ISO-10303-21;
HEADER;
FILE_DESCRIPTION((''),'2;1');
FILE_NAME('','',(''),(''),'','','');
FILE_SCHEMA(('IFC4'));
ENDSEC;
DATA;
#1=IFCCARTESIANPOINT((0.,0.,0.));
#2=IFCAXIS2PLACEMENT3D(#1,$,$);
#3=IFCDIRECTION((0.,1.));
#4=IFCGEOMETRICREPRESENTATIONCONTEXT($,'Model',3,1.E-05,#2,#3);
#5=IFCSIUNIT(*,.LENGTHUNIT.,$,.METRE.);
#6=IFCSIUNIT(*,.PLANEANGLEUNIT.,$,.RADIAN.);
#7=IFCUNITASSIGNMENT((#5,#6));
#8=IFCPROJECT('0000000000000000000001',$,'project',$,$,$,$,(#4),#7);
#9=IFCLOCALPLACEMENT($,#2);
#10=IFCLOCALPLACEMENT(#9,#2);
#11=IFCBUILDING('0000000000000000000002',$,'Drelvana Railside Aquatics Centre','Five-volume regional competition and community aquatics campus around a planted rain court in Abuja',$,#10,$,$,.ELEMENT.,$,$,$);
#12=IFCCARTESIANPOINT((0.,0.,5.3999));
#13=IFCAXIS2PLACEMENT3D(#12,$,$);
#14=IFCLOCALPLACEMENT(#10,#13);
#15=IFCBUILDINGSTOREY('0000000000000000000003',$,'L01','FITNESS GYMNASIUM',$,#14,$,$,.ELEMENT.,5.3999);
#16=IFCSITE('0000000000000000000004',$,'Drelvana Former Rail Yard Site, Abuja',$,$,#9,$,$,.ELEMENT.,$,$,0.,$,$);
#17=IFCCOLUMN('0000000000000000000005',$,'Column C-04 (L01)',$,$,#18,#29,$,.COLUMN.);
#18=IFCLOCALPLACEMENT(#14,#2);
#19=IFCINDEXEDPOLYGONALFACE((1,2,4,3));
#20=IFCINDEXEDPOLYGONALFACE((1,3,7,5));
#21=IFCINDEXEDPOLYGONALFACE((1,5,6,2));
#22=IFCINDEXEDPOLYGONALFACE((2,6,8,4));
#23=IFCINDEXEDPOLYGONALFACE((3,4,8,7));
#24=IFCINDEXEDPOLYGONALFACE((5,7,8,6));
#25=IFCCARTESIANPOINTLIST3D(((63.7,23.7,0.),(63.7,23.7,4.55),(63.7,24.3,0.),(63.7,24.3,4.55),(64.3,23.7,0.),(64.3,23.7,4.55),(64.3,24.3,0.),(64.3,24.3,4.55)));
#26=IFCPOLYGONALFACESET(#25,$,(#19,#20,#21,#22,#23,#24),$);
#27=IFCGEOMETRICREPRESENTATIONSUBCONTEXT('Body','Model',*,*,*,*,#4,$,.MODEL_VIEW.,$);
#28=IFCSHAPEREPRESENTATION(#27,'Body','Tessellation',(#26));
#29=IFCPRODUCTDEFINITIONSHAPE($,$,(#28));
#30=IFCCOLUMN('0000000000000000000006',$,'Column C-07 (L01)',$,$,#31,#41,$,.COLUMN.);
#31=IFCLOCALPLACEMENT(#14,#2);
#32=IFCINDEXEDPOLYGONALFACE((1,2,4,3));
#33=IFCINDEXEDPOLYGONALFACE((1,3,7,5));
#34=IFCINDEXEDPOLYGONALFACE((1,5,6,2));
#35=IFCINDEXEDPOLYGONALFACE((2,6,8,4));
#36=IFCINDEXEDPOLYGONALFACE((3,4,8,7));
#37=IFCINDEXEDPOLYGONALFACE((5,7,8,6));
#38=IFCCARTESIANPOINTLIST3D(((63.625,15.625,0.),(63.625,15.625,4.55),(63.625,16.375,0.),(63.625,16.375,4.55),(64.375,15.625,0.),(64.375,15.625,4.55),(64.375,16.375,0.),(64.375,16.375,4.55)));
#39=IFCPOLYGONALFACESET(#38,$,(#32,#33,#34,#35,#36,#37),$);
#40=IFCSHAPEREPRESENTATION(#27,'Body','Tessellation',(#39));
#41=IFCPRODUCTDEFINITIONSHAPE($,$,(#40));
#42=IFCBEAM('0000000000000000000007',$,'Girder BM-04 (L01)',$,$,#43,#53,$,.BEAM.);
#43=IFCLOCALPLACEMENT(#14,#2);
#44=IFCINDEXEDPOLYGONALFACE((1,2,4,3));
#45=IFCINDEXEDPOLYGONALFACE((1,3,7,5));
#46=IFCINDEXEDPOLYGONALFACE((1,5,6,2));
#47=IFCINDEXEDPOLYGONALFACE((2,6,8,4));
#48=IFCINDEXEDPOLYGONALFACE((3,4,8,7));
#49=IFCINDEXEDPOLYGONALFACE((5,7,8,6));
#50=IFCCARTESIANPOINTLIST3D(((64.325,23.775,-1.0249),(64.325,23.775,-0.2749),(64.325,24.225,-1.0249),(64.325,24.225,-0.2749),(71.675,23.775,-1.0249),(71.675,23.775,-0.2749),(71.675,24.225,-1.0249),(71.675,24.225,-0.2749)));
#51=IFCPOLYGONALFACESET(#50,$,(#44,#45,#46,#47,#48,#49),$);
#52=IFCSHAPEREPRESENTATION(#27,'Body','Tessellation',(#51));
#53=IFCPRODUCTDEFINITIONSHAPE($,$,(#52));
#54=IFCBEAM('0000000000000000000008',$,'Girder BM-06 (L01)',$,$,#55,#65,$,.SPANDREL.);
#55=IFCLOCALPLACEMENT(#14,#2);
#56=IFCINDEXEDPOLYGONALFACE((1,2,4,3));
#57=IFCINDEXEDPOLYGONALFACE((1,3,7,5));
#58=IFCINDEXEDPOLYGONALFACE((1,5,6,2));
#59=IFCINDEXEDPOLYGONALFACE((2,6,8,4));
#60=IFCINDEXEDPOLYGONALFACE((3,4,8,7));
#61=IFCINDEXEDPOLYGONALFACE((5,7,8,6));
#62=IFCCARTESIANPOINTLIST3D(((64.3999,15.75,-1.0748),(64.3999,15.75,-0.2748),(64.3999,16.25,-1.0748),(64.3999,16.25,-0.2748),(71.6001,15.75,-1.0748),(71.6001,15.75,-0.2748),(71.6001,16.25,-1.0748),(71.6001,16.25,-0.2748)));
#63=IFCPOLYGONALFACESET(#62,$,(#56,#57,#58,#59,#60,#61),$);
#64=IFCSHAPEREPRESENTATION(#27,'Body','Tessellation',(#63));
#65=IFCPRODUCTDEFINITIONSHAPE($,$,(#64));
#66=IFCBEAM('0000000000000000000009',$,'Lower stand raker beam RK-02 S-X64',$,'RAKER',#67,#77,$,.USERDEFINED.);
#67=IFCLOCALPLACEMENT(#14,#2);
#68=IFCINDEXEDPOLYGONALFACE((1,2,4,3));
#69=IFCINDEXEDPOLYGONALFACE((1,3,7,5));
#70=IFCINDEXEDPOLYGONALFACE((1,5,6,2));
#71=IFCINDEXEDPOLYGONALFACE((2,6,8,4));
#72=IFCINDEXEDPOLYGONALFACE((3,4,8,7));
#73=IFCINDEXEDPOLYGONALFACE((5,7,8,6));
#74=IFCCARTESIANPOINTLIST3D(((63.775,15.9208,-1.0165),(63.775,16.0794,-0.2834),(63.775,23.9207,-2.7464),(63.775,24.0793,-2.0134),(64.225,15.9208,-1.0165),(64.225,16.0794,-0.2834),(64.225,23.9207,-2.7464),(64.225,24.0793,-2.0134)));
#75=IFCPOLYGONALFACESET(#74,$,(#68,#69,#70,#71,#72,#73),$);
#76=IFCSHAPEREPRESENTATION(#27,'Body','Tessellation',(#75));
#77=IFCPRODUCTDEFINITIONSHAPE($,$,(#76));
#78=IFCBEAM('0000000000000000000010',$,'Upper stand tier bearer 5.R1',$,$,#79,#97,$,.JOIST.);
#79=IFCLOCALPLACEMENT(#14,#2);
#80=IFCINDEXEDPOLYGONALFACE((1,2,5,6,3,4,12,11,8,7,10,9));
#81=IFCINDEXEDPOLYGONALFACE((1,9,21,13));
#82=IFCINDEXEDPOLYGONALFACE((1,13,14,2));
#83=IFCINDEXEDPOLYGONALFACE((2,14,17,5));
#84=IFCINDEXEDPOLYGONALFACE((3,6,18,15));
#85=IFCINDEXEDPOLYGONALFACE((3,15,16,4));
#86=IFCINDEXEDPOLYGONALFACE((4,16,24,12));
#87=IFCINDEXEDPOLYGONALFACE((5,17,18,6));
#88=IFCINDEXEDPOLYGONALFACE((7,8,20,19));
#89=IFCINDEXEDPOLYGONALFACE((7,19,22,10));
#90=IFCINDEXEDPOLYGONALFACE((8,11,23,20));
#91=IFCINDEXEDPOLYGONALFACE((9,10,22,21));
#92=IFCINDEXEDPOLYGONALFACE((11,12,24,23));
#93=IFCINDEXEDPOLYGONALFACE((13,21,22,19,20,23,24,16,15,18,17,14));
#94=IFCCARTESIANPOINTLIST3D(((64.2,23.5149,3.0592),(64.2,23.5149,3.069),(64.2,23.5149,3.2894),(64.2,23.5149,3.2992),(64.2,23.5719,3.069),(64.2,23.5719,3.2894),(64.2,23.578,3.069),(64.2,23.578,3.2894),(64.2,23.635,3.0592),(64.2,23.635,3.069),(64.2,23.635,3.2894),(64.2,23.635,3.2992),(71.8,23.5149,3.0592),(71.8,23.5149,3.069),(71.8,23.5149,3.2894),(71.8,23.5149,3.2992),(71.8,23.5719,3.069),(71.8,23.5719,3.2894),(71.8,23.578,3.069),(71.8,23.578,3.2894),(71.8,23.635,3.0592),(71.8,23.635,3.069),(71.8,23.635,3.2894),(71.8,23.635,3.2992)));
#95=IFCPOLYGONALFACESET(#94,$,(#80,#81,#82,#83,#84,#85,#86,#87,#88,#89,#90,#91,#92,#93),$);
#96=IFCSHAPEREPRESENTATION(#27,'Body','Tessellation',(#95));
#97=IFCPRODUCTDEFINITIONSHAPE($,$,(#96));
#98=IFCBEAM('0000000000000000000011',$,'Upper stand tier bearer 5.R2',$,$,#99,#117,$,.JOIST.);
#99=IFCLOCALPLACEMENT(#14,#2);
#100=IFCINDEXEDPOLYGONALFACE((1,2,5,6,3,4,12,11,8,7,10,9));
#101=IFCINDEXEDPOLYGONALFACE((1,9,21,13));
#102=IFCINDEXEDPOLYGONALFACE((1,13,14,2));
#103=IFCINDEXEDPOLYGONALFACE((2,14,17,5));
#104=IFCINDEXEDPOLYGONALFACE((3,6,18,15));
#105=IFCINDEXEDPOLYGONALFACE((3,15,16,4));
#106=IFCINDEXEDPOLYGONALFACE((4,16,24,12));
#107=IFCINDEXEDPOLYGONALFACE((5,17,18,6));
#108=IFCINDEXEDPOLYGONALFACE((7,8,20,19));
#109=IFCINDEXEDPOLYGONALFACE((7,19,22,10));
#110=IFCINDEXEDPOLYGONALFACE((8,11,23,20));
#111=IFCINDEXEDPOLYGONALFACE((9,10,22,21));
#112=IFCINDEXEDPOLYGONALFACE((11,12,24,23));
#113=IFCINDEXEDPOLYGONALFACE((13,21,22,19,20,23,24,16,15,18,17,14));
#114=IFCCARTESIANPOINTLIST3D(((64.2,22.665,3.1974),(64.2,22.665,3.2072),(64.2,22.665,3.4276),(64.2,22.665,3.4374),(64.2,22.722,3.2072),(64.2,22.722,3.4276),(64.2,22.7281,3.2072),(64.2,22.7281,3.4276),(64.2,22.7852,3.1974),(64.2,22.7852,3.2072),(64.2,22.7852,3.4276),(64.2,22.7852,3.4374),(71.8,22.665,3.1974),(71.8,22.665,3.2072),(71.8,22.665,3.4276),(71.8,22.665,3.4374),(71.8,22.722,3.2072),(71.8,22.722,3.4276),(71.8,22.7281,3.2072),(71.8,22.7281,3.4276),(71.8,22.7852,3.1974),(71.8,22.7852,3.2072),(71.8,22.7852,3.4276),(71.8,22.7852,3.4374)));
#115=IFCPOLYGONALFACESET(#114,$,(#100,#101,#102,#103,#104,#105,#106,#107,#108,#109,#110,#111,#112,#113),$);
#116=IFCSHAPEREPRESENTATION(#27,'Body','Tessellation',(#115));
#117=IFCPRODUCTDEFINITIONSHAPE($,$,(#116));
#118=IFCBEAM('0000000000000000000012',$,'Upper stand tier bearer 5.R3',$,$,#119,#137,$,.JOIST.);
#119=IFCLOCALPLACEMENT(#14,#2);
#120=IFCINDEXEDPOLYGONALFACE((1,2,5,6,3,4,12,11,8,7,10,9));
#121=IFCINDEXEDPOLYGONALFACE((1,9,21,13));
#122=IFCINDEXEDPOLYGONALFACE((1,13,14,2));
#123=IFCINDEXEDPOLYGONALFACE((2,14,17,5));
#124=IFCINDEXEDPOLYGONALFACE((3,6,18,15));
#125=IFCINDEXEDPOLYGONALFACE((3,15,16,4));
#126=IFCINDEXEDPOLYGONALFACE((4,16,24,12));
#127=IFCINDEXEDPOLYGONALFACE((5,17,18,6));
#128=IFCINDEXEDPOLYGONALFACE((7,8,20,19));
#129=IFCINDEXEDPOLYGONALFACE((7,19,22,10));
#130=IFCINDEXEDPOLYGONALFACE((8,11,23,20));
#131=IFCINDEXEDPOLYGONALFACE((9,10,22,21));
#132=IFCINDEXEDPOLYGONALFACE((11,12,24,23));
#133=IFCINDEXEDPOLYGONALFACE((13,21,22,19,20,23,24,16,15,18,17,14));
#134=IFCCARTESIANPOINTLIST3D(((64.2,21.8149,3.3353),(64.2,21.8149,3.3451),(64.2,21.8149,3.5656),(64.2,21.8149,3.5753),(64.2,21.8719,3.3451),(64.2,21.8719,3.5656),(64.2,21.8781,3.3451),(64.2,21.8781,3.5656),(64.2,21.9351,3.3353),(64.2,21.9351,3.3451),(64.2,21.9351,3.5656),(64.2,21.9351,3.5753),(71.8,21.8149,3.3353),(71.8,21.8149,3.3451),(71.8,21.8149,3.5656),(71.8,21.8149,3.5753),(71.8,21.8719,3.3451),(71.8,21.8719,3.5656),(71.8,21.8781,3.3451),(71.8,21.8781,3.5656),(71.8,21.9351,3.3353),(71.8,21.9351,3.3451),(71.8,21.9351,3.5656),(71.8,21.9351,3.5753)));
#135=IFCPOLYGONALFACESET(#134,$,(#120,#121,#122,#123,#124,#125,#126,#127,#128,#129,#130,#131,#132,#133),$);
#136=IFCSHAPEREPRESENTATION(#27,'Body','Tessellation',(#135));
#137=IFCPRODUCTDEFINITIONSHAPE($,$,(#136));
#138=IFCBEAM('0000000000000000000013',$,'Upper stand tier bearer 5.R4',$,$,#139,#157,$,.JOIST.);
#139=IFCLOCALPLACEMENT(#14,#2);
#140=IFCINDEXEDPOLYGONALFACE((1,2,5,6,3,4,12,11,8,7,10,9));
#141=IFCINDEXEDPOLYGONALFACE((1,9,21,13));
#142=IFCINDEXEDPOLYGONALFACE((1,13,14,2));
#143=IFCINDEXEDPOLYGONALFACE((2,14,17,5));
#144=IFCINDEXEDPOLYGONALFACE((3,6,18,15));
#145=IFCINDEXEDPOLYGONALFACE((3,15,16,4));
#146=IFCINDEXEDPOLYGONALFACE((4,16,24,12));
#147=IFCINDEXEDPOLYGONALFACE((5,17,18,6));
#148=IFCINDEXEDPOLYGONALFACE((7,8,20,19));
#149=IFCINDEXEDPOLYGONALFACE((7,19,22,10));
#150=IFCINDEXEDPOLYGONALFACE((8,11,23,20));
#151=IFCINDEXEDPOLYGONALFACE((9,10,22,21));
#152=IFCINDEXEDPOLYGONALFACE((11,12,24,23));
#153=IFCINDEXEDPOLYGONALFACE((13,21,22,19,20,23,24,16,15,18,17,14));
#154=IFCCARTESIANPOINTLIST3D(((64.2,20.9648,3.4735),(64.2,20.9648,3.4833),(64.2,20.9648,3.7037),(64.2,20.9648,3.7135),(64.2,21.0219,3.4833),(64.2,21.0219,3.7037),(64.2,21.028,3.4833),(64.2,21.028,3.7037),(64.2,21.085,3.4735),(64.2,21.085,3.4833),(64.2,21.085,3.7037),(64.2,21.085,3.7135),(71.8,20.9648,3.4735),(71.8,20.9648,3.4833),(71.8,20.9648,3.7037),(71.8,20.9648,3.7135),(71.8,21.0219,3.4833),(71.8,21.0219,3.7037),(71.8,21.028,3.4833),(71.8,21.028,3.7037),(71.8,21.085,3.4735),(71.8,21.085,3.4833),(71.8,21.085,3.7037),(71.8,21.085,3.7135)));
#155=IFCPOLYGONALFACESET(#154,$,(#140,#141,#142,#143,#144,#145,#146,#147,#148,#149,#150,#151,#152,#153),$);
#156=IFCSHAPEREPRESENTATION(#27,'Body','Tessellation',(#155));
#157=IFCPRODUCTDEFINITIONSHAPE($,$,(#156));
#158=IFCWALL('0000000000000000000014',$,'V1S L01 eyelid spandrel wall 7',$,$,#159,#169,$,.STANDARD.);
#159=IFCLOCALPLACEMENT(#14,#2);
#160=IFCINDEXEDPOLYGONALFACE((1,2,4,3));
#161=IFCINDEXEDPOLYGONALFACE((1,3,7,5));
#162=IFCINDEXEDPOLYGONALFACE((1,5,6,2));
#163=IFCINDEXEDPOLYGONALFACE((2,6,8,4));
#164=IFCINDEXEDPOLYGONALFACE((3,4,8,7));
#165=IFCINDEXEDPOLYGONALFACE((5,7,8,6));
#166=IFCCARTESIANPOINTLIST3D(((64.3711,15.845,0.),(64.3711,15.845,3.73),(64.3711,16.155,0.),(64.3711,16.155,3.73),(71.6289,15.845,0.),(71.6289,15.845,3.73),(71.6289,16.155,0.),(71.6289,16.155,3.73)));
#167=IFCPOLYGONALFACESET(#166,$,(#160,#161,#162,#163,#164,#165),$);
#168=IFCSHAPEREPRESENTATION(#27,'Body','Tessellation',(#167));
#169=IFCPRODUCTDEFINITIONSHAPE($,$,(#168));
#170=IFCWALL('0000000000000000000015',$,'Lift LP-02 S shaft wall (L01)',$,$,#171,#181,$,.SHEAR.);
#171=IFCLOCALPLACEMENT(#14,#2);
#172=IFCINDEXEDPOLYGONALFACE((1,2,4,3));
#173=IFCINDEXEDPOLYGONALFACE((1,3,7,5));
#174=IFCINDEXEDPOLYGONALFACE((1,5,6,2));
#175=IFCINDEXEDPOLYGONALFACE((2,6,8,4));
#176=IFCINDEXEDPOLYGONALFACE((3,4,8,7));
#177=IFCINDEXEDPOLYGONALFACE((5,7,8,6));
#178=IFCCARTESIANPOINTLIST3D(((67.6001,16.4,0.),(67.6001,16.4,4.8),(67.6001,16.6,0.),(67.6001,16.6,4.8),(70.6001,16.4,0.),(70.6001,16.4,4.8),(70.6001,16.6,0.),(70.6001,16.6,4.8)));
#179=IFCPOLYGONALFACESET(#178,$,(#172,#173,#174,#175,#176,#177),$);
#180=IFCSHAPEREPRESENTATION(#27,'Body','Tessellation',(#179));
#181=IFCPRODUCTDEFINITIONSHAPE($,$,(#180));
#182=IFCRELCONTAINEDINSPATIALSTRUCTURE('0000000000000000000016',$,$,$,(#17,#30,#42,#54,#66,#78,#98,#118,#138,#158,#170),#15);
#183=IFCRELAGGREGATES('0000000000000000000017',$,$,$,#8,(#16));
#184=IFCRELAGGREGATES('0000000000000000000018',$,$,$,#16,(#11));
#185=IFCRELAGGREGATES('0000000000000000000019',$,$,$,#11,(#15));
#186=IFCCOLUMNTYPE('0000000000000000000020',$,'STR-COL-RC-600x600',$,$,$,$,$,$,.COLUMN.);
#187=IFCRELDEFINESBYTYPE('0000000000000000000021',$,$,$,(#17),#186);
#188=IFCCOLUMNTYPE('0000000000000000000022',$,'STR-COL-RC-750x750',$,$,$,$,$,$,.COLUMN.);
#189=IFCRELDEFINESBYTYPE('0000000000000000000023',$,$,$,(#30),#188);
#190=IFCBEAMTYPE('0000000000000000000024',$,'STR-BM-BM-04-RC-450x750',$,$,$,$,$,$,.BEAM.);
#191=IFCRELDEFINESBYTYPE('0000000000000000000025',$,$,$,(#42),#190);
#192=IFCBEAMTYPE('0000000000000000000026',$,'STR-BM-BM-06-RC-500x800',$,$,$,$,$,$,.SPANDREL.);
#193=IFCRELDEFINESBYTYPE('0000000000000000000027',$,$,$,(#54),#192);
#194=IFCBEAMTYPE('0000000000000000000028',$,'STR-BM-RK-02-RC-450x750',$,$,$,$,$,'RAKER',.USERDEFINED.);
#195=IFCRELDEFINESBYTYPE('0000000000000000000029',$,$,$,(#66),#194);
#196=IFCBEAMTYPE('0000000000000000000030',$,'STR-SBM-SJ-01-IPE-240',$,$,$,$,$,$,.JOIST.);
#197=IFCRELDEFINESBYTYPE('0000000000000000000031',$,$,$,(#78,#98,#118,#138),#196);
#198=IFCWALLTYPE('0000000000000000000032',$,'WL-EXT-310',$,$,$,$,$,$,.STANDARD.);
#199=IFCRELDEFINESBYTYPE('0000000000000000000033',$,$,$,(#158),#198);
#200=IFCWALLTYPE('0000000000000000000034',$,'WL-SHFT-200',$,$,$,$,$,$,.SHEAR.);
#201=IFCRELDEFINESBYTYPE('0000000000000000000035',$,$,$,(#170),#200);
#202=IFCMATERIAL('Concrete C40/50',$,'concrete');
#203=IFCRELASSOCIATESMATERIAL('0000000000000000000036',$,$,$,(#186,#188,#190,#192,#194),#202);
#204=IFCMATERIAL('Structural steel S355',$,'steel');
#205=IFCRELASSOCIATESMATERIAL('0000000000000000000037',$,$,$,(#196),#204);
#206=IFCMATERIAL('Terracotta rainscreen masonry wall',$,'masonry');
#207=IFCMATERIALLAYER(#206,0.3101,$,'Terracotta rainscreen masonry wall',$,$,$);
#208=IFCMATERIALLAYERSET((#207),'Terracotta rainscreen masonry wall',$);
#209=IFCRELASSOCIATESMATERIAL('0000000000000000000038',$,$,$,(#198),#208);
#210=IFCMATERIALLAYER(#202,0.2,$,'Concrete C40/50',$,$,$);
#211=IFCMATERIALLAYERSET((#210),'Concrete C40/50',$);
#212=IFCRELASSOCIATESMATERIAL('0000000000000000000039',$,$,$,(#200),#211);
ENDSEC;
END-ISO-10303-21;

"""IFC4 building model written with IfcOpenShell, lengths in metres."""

from ifc_helpers import new_model, si_unit, direction, frame, frame_2d, origin, origin_2d, place, context, subcontext, project, spatial, rectangle, i_section, extrude, material, layer, layer_set, material_profile, profile_set, type_object, element, save


model = new_model("IFC4")

# Units and contexts
model_context = context("Model", 3, precision=1e-05, world=origin(), true_north=direction((0.0, 1.0)))
body_context = subcontext(model_context, "Body", "Model", "MODEL_VIEW")
ifc_project = project(units=[si_unit("LENGTHUNIT", "METRE"), si_unit("PLANEANGLEUNIT", "RADIAN")], contexts=[model_context])

# Site, building, storey
site_placement = place(None, origin())
site = spatial("IfcSite", under=ifc_project, at=site_placement, Name="Drelvana Former Rail Yard Site, Abuja", CompositionType="ELEMENT", RefElevation=0.0)
building_placement = place(site_placement, origin())
building = spatial("IfcBuilding", under=site, at=building_placement, Name="Drelvana Railside Aquatics Centre", Description="Five-volume regional competition and community aquatics campus around a planted rain court in Abuja", CompositionType="ELEMENT")
storey_placement = place(building_placement, frame((0.0, 0.0, 5.3999)))
storey = spatial("IfcBuildingStorey", under=building, at=storey_placement, Name="L01", Description="FITNESS GYMNASIUM", CompositionType="ELEMENT", Elevation=5.3999)

# Columns
ifc_material_1 = material(Name="Concrete C40/50", Category="concrete")
ifc_material_profile_1 = material_profile(ifc_material_1, rectangle(XDim=0.6001, YDim=0.6001, at=origin_2d()), Name="RC 600x600")
ifc_profile_set_1 = profile_set([ifc_material_profile_1], Name="Concrete C40/50")
column_type_1 = type_object("IfcColumnType", Name="STR-COL-RC-600x600", PredefinedType="COLUMN", material=ifc_profile_set_1)
column_1_placement = place(storey_placement, frame((64.0, 24.0, 0.0), z_axis=(0.0, 0.0, 1.0), x_axis=(1.0, 0.0, 0.0)))
element("IfcColumn", 1, at=column_1_placement, inside=storey, type_object=column_type_1, Name="Column C-04 (L01)", PredefinedType="COLUMN", context=body_context, shape_type="SweptSolid", body=[
    extrude(rectangle(XDim=0.6001, YDim=0.6001, at=origin_2d()), origin(), (0.0, 0.0, 1.0), 4.55),
])
ifc_material_profile_2 = material_profile(ifc_material_1, rectangle(XDim=0.75, YDim=0.75, at=origin_2d()), Name="RC 750x750")
ifc_profile_set_2 = profile_set([ifc_material_profile_2], Name="Concrete C40/50")
column_type_2 = type_object("IfcColumnType", Name="STR-COL-RC-750x750", PredefinedType="COLUMN", material=ifc_profile_set_2)
column_2_placement = place(storey_placement, frame((64.0, 16.0, 0.0), z_axis=(0.0, 0.0, 1.0), x_axis=(1.0, 0.0, 0.0)))
element("IfcColumn", 2, at=column_2_placement, inside=storey, type_object=column_type_2, Name="Column C-07 (L01)", PredefinedType="COLUMN", context=body_context, shape_type="SweptSolid", body=[
    extrude(rectangle(XDim=0.75, YDim=0.75, at=origin_2d()), origin(), (0.0, 0.0, 1.0), 4.55),
])

# Beams
ifc_material_profile_3 = material_profile(ifc_material_1, rectangle(XDim=0.45, YDim=0.75, at=origin_2d()), Name="RC 450x750")
ifc_profile_set_3 = profile_set([ifc_material_profile_3], Name="Concrete C40/50")
beam_type_1 = type_object("IfcBeamType", Name="STR-BM-BM-04-RC-450x750", PredefinedType="BEAM", material=ifc_profile_set_3)
beam_1_placement = place(storey_placement, frame((64.325, 24.0, -0.6499), z_axis=(1.0, 0.0, 0.0), x_axis=(0.0, 1.0, 0.0)))
element("IfcBeam", 3, at=beam_1_placement, inside=storey, type_object=beam_type_1, Name="Girder BM-04 (L01)", PredefinedType="BEAM", context=body_context, shape_type="SweptSolid", body=[
    extrude(rectangle(XDim=0.45, YDim=0.75, at=origin_2d()), origin(), (0.0, 0.0, 1.0), 7.3501),
])
ifc_material_profile_4 = material_profile(ifc_material_1, rectangle(XDim=0.5, YDim=0.8, at=origin_2d()), Name="RC 500x800")
ifc_profile_set_4 = profile_set([ifc_material_profile_4], Name="Concrete C40/50")
beam_type_2 = type_object("IfcBeamType", Name="STR-BM-BM-06-RC-500x800", PredefinedType="SPANDREL", material=ifc_profile_set_4)
beam_2_placement = place(storey_placement, frame((64.3999, 16.0, -0.6748), z_axis=(1.0, 0.0, 0.0), x_axis=(0.0, 1.0, 0.0)))
element("IfcBeam", 4, at=beam_2_placement, inside=storey, type_object=beam_type_2, Name="Girder BM-06 (L01)", PredefinedType="SPANDREL", context=body_context, shape_type="SweptSolid", body=[
    extrude(rectangle(XDim=0.5, YDim=0.8, at=origin_2d()), origin(), (0.0, 0.0, 1.0), 7.2002),
])
ifc_material_profile_5 = material_profile(ifc_material_1, rectangle(XDim=0.45, YDim=0.75, at=origin_2d()), Name="RC 450x750")
ifc_profile_set_5 = profile_set([ifc_material_profile_5], Name="Concrete C40/50")
beam_type_3 = type_object("IfcBeamType", Name="STR-BM-RK-02-RC-450x750", ElementType="RAKER", PredefinedType="USERDEFINED", material=ifc_profile_set_5)
beam_3_placement = place(storey_placement, frame((64.0, 24.0, -2.3799), z_axis=(0.0, -0.977408, 0.211362), x_axis=(1.0, 0.0, 0.0)))
element("IfcBeam", 5, at=beam_3_placement, inside=storey, type_object=beam_type_3, Name="Lower stand raker beam RK-02 S-X64", ObjectType="RAKER", PredefinedType="USERDEFINED", context=body_context, shape_type="SweptSolid", body=[
    extrude(rectangle(XDim=0.45, YDim=0.75, at=origin_2d()), origin(), (0.0, 0.0, 1.0), 8.1848),
])
ifc_material_2 = material(Name="Structural steel S355", Category="steel")
ifc_material_profile_6 = material_profile(ifc_material_2, i_section(OverallWidth=0.1201, OverallDepth=0.24, WebThickness=0.0061, FlangeThickness=0.0098, at=origin_2d()), Name="IPE 240")
ifc_profile_set_6 = profile_set([ifc_material_profile_6], Name="Structural steel S355")
beam_type_4 = type_object("IfcBeamType", Name="STR-SBM-SJ-01-IPE-240", PredefinedType="JOIST", material=ifc_profile_set_6)
for number, where, z_axis, x_axis, name in (
    (6, (64.2, 23.575, 3.1792), (1.0, 0.0, 0.0), (0.0, 1.0, 0.0), "Upper stand tier bearer 5.R1"),
    (7, (64.2, 22.7251, 3.3174), (1.0, 0.0, 0.0), (0.0, 1.0, 0.0), "Upper stand tier bearer 5.R2"),
    (8, (64.2, 21.875, 3.4553), (1.0, 0.0, 0.0), (0.0, 1.0, 0.0), "Upper stand tier bearer 5.R3"),
    (9, (64.2, 21.0249, 3.5935), (1.0, 0.0, 0.0), (0.0, 1.0, 0.0), "Upper stand tier bearer 5.R4"),
):
    element("IfcBeam", number, at=place(storey_placement, frame(where, z_axis=z_axis, x_axis=x_axis)), inside=storey, type_object=beam_type_4, Name=name, PredefinedType="JOIST", context=body_context, shape_type="SweptSolid", body=[
        extrude(i_section(OverallWidth=0.1201, OverallDepth=0.24, WebThickness=0.0061, FlangeThickness=0.0098, at=origin_2d()), origin(), (0.0, 0.0, 1.0), 7.6001),
    ])

# Walls
ifc_material_3 = material(Name="Terracotta rainscreen masonry wall", Category="masonry")
ifc_layer_1 = layer(ifc_material_3, 0.3101, Name="Terracotta rainscreen masonry wall")
ifc_layer_set_1 = layer_set([ifc_layer_1], Name="Terracotta rainscreen masonry wall")
wall_type_1 = type_object("IfcWallType", Name="WL-EXT-310", PredefinedType="STANDARD", material=ifc_layer_set_1)
wall_1_placement = place(storey_placement, frame((64.3711, 16.0, 0.0), z_axis=(0.0, 0.0, 1.0), x_axis=(1.0, 0.0, 0.0)))
element("IfcWall", 10, at=wall_1_placement, inside=storey, type_object=wall_type_1, Name="V1S L01 eyelid spandrel wall 7", PredefinedType="STANDARD", context=body_context, shape_type="SweptSolid", body=[
    extrude(rectangle(XDim=7.2578, YDim=0.3101, at=frame_2d((3.6289, 0.0))), origin(), (0.0, 0.0, 1.0), 3.73),
])
ifc_layer_2 = layer(ifc_material_1, 0.2, Name="Concrete C40/50")
ifc_layer_set_2 = layer_set([ifc_layer_2], Name="Concrete C40/50")
wall_type_2 = type_object("IfcWallType", Name="WL-SHFT-200", PredefinedType="SHEAR", material=ifc_layer_set_2)
wall_2_placement = place(storey_placement, frame((67.6001, 16.5, 0.0), z_axis=(0.0, 0.0, 1.0), x_axis=(1.0, 0.0, 0.0)))
element("IfcWall", 11, at=wall_2_placement, inside=storey, type_object=wall_type_2, Name="Lift LP-02 S shaft wall (L01)", PredefinedType="SHEAR", context=body_context, shape_type="SweptSolid", body=[
    extrude(rectangle(XDim=3.0, YDim=0.2, at=frame_2d((1.5, 0.0))), origin(), (0.0, 0.0, 1.0), 4.8),
])

save(model, "model.ifc")
